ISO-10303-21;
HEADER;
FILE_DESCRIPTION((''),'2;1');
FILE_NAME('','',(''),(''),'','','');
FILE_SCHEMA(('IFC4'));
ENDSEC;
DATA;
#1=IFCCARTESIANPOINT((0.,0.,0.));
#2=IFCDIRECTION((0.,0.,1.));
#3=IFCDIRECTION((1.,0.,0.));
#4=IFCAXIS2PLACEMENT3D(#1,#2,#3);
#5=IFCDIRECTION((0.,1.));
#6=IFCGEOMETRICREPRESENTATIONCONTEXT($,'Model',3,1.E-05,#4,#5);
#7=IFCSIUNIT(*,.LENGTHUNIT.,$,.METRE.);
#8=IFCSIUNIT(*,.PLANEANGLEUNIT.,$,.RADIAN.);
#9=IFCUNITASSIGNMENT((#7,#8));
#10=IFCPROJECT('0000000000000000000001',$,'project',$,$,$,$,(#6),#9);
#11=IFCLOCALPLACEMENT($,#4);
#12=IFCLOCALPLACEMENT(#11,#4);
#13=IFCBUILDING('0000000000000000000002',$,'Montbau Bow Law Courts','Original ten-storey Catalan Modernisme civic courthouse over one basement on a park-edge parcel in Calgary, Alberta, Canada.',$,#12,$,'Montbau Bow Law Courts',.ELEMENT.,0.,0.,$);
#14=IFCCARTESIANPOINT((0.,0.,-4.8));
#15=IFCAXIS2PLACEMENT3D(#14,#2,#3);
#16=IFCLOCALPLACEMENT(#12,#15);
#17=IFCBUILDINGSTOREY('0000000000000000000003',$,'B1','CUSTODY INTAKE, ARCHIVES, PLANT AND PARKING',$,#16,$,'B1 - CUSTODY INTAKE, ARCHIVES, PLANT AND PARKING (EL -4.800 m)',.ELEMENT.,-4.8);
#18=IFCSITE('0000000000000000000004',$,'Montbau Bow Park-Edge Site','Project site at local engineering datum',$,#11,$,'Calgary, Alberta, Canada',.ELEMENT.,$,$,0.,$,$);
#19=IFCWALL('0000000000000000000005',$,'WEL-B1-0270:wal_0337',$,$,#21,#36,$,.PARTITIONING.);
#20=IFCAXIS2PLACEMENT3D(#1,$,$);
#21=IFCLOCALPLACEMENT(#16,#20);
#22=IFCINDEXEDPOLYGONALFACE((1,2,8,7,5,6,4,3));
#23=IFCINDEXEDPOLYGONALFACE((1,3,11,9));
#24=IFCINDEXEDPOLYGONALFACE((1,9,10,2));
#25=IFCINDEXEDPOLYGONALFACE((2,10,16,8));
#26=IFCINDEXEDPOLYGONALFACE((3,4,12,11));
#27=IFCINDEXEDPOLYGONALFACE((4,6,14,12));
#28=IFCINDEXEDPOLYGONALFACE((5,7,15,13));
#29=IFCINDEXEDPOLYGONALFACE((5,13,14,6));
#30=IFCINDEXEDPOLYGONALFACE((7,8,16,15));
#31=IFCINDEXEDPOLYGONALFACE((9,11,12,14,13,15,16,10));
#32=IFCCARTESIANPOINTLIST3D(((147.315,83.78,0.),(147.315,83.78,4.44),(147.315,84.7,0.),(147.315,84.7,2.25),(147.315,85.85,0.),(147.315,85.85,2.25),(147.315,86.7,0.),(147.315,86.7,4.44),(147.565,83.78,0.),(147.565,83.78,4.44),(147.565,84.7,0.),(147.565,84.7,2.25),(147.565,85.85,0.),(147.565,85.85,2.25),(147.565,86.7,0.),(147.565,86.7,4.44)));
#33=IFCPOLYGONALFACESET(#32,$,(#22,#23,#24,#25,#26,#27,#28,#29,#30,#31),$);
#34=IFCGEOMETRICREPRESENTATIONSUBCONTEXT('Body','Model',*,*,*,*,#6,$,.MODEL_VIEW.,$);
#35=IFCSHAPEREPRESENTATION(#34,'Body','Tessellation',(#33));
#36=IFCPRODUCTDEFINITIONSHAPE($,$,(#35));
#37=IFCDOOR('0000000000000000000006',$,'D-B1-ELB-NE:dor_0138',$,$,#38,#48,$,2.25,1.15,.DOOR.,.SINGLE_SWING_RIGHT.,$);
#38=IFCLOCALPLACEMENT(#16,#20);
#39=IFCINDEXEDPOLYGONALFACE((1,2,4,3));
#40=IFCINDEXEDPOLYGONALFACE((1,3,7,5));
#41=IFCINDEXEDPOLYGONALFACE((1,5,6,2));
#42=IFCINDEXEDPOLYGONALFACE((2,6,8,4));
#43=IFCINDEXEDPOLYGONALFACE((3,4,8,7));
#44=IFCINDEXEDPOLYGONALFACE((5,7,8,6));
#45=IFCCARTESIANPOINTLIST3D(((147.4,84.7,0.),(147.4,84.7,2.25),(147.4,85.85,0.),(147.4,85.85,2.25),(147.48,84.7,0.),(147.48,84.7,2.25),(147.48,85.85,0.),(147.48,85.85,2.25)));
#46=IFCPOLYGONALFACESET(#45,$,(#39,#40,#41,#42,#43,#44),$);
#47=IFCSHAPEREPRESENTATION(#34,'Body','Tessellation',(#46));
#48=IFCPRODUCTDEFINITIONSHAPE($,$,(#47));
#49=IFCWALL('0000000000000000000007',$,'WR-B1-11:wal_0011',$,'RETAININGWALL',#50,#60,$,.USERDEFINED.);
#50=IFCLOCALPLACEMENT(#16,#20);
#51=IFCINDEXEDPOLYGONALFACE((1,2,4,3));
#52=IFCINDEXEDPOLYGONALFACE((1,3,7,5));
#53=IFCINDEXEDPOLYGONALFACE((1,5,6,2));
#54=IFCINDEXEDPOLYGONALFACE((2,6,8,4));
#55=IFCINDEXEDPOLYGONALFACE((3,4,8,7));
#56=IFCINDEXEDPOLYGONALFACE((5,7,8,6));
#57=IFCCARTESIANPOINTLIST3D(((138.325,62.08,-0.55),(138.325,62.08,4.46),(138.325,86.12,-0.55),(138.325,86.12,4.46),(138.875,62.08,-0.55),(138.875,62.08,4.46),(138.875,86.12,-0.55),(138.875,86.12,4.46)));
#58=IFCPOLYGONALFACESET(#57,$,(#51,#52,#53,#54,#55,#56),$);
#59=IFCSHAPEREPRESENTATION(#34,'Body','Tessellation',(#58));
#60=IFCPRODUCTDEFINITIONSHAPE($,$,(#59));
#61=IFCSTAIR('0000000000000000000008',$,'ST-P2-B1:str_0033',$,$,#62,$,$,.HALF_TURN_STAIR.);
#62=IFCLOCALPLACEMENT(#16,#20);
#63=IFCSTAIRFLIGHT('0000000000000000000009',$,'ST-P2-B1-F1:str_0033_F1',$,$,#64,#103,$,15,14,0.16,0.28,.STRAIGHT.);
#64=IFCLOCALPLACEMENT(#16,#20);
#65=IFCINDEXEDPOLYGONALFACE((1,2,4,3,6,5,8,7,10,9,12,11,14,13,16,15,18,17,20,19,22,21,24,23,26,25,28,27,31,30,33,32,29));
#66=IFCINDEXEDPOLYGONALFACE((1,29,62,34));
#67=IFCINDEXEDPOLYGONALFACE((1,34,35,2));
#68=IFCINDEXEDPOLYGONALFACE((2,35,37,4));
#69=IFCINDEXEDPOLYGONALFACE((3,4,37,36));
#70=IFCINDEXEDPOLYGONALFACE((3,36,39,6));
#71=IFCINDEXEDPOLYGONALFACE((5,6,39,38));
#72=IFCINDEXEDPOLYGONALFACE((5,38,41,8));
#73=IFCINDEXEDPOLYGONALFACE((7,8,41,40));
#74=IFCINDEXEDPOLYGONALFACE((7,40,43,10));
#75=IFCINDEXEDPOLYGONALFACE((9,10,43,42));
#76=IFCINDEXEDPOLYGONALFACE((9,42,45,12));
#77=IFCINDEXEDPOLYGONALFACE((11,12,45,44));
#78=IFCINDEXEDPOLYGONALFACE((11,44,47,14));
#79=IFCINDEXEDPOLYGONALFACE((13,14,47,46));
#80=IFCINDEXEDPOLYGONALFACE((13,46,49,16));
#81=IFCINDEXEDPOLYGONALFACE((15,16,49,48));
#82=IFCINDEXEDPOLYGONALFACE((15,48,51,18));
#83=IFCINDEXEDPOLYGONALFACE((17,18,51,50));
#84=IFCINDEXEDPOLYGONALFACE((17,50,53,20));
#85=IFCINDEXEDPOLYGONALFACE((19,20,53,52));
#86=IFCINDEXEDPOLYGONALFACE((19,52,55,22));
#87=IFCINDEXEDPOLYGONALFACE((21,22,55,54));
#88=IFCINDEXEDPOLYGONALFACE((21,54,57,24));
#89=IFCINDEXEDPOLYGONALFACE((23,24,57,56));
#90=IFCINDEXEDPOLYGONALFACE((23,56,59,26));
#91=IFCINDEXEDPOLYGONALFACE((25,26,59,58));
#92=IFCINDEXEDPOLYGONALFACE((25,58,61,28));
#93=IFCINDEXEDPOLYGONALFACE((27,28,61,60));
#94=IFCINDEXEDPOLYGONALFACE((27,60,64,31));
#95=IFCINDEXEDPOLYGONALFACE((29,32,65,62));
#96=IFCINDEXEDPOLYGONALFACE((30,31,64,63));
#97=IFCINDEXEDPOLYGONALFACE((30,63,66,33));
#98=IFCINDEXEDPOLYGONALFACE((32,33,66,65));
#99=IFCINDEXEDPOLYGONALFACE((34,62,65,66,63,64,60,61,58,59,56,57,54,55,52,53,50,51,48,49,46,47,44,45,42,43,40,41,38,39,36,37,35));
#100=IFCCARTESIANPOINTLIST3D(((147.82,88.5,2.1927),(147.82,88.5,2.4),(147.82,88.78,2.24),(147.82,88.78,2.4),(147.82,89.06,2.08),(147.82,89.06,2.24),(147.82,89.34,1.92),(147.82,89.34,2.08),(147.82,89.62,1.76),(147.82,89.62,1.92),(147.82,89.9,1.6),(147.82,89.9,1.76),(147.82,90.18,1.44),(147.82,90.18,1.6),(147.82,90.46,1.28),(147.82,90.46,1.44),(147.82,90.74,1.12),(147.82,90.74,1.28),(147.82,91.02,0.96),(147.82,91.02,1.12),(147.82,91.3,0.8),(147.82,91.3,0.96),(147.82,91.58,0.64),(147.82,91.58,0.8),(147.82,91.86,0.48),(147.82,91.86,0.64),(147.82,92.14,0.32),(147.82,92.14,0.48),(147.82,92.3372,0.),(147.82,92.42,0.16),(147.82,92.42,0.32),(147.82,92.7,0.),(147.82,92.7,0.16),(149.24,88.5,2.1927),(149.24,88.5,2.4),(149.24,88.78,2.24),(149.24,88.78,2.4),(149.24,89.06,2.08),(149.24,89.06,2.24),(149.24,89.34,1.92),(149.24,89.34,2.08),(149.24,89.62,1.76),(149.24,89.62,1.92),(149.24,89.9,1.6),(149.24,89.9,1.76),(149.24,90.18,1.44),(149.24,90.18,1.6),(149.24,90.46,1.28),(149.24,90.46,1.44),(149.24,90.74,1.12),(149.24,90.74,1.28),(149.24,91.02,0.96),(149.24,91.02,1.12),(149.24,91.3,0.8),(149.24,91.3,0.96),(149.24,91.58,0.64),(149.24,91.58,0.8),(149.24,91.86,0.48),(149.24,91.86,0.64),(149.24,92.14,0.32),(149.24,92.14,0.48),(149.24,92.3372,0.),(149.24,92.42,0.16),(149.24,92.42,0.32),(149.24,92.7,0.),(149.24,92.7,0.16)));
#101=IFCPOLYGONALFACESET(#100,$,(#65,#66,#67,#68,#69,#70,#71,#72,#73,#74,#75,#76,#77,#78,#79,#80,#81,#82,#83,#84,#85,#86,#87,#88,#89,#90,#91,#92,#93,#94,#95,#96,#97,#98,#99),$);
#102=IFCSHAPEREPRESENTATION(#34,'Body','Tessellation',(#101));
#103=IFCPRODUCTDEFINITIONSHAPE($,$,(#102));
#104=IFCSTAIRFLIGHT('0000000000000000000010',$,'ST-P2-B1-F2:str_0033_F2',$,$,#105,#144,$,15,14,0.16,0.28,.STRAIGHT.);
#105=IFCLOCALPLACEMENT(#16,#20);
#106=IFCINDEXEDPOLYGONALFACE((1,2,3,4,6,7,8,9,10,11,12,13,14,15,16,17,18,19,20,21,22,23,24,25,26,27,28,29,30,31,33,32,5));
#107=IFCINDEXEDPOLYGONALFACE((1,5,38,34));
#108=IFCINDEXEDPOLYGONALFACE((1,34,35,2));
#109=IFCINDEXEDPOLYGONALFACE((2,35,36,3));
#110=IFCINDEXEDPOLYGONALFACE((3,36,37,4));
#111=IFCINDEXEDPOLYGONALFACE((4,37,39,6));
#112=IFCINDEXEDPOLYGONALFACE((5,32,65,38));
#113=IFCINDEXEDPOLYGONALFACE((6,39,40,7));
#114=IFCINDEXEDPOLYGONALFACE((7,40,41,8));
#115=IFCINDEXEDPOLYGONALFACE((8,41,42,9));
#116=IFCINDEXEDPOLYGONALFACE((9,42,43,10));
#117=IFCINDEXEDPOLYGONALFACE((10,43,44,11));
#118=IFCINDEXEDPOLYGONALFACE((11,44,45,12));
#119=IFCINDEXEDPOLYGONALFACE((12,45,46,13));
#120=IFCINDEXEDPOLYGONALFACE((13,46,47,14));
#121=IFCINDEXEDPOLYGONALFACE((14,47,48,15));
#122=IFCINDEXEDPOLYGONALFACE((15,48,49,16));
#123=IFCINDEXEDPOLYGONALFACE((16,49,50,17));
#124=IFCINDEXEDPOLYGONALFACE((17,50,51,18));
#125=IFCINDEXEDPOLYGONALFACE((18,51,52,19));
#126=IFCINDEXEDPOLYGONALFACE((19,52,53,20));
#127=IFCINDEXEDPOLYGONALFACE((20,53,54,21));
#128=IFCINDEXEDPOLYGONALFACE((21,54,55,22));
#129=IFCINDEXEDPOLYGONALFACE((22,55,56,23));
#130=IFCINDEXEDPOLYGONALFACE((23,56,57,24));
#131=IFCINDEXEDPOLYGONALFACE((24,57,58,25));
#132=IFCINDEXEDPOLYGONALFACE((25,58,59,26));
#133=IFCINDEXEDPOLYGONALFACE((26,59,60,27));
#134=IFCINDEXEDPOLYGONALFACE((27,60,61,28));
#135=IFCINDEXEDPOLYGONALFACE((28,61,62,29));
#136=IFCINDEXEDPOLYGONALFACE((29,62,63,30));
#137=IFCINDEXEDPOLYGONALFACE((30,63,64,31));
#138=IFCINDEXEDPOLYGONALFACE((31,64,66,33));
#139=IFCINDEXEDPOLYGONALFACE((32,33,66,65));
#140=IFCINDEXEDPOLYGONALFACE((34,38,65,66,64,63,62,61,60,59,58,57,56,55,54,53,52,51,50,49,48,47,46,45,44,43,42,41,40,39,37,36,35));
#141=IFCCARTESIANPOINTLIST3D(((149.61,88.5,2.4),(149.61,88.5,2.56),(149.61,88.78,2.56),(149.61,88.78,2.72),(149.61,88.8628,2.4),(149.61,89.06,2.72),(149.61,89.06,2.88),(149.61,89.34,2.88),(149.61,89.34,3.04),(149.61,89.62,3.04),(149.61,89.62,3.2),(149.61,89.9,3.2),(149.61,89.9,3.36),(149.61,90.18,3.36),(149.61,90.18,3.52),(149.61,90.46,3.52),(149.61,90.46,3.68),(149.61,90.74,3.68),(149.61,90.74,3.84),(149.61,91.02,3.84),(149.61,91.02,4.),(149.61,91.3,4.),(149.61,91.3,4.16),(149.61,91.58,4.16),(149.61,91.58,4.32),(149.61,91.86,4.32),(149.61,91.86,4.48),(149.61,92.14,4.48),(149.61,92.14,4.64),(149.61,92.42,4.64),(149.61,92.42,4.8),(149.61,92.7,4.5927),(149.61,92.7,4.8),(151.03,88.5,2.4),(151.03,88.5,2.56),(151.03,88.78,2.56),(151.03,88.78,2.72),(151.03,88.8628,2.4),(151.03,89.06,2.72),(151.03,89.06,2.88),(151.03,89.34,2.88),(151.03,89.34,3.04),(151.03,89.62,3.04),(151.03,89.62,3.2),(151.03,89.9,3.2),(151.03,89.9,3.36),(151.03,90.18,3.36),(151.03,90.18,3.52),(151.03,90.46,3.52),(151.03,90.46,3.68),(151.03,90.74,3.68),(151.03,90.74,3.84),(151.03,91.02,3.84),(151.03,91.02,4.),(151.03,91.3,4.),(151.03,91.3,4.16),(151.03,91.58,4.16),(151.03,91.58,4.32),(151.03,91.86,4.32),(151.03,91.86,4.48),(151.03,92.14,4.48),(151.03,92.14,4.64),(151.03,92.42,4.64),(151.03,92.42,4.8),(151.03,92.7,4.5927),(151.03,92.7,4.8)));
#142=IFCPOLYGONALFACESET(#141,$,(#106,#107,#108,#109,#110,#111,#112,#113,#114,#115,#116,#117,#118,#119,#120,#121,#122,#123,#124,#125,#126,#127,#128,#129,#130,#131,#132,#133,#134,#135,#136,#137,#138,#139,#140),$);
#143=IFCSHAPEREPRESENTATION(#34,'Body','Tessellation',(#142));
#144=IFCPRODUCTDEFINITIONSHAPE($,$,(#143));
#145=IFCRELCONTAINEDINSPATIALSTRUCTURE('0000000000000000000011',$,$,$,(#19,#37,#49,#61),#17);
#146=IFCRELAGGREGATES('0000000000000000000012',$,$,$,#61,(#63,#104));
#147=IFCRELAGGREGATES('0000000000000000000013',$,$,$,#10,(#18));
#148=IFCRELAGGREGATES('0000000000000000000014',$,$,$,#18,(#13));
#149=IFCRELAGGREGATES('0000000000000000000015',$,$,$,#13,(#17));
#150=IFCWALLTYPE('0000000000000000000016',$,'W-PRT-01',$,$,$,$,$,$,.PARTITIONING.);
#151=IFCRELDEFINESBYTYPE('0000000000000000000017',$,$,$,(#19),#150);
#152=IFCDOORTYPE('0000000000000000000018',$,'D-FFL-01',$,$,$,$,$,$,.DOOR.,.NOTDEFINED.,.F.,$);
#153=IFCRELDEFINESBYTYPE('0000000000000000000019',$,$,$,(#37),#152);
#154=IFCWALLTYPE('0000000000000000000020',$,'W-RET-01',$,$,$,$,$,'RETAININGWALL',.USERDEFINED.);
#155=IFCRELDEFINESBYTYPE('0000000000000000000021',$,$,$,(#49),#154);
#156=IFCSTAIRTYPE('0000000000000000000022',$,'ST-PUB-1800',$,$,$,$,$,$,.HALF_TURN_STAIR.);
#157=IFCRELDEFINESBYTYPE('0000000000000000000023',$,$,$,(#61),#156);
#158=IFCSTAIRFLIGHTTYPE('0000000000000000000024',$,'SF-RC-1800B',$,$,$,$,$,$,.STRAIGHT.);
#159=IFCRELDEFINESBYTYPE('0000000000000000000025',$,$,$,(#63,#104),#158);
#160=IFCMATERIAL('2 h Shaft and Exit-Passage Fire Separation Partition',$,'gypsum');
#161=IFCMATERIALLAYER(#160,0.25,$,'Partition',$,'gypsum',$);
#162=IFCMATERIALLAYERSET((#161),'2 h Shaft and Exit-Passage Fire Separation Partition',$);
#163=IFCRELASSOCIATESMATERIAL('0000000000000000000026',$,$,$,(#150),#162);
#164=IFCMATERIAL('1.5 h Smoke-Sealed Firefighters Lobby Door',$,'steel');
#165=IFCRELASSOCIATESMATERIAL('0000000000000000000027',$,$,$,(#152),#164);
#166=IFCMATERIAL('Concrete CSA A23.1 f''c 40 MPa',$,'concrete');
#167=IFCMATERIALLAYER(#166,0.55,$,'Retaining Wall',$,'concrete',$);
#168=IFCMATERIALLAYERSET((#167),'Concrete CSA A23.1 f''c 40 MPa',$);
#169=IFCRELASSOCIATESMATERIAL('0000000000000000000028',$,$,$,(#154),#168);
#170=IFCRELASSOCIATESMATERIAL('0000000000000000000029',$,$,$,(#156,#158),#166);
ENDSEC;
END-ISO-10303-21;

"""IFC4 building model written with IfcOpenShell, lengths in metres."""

from ifc_helpers import new_model, si_unit, direction, frame, frame_2d, origin_with_axes, place, context, subcontext, project, spatial, polyline, rectangle, outline, extrude, material, layer, layer_set, type_object, element, fill, aggregate, save


model = new_model("IFC4")

# Units and contexts
model_context = context("Model", 3, precision=1e-05, world=origin_with_axes(), true_north=direction((0.0, 1.0)))
body_context = subcontext(model_context, "Body", "Model", "MODEL_VIEW")
ifc_project = project(units=[si_unit("LENGTHUNIT", "METRE"), si_unit("PLANEANGLEUNIT", "RADIAN")], contexts=[model_context])

# Site, building, storey
site_placement = place(None, origin_with_axes())
site = spatial("IfcSite", under=ifc_project, at=site_placement, Name="Montbau Bow Park-Edge Site", Description="Project site at local engineering datum", LongName="Calgary, Alberta, Canada", CompositionType="ELEMENT", RefElevation=0.0)
building_placement = place(site_placement, origin_with_axes())
building = spatial("IfcBuilding", under=site, at=building_placement, Name="Montbau Bow Law Courts", Description="Original ten-storey Catalan Modernisme civic courthouse over one basement on a park-edge parcel in Calgary, Alberta, Canada.", LongName="Montbau Bow Law Courts", CompositionType="ELEMENT", ElevationOfRefHeight=0.0, ElevationOfTerrain=0.0)
storey_placement = place(building_placement, frame((0.0, 0.0, -4.8), z_axis=(0.0, 0.0, 1.0), x_axis=(1.0, 0.0, 0.0)))
storey = spatial("IfcBuildingStorey", under=building, at=storey_placement, Name="B1", Description="CUSTODY INTAKE, ARCHIVES, PLANT AND PARKING", LongName="B1 - CUSTODY INTAKE, ARCHIVES, PLANT AND PARKING (EL -4.800 m)", CompositionType="ELEMENT", Elevation=-4.8)

# Shared definitions
ifc_material_1 = material(Name="Concrete CSA A23.1 f'c 40 MPa", Category="concrete")

# Shared definitions
ifc_material_2 = material(Name="2 h Shaft and Exit-Passage Fire Separation Partition", Category="gypsum")
ifc_layer_1 = layer(ifc_material_2, 0.25, Name="Partition", Category="gypsum")
ifc_layer_set_1 = layer_set([ifc_layer_1], Name="2 h Shaft and Exit-Passage Fire Separation Partition")
wall_type_1 = type_object("IfcWallType", Name="W-PRT-01", PredefinedType="PARTITIONING", material=ifc_layer_set_1)

# Wall, opening, door
wall_1_placement = place(None, frame((147.44, 86.7, -4.8), z_axis=(0.0, 0.0, 1.0), x_axis=(0.0, -1.0, 0.0)))
wall_1 = element("IfcWall", 1, at=wall_1_placement, inside=storey, type_object=wall_type_1, Name="WEL-B1-0270:wal_0337", PredefinedType="PARTITIONING", context=body_context, shape_type="SweptSolid", body=[
    extrude(rectangle(XDim=2.92, YDim=0.25, at=frame_2d((1.46, 0.0), x_axis=(1.0, 0.0))), origin_with_axes(), (0.0, 0.0, 1.0), 4.44),
])
opening_1_placement = place(None, frame((147.44, 85.275, -4.8), z_axis=(0.0, 0.0, 1.0), x_axis=(0.0, -1.0, 0.0)))
opening_1 = element("IfcOpeningElement", 2, at=opening_1_placement, cuts=wall_1, PredefinedType="OPENING", context=body_context, shape_type="SweptSolid", body=[
    extrude(rectangle(XDim=1.15, YDim=2.25, at=frame_2d((0.0, 1.125), x_axis=(1.0, 0.0))), frame((0.0, 0.135, 0.0), z_axis=(0.0, -1.0, 0.0), x_axis=(1.0, 0.0, 0.0)), (0.0, 0.0, 1.0), 0.27),
])
ifc_material_3 = material(Name="1.5 h Smoke-Sealed Firefighters Lobby Door", Category="steel")
door_type_1 = type_object("IfcDoorType", Name="D-FFL-01", OperationType="NOTDEFINED", ParameterTakesPrecedence=False, PredefinedType="DOOR", material=ifc_material_3)
door_1_placement = place(None, frame((147.44, 85.275, -4.8), z_axis=(0.0, 0.0, 1.0), x_axis=(0.0, -1.0, 0.0)))
door_1 = element("IfcDoor", 3, at=door_1_placement, inside=storey, type_object=door_type_1, Name="D-B1-ELB-NE:dor_0138", OperationType="SINGLE_SWING_RIGHT", OverallHeight=2.25, OverallWidth=1.15, PredefinedType="DOOR", context=body_context, shape_type="SweptSolid", body=[
    extrude(rectangle(XDim=1.15, YDim=2.25, at=frame_2d((0.0, 1.125), x_axis=(1.0, 0.0))), frame((0.0, 0.04, 0.0), z_axis=(0.0, -1.0, 0.0), x_axis=(1.0, 0.0, 0.0)), (0.0, 0.0, 1.0), 0.08),
])
fill(opening_1, door_1)

# Wall
ifc_layer_2 = layer(ifc_material_1, 0.55, Name="Retaining Wall", Category="concrete")
ifc_layer_set_2 = layer_set([ifc_layer_2], Name="Concrete CSA A23.1 f'c 40 MPa")
wall_type_2 = type_object("IfcWallType", Name="W-RET-01", ElementType="RETAININGWALL", PredefinedType="USERDEFINED", material=ifc_layer_set_2)
wall_2_placement = place(None, frame((138.6, 86.12, -5.35), z_axis=(0.0, 0.0, 1.0), x_axis=(0.0, -1.0, 0.0)))
element("IfcWall", 4, at=wall_2_placement, inside=storey, type_object=wall_type_2, Name="WR-B1-11:wal_0011", ObjectType="RETAININGWALL", PredefinedType="USERDEFINED", context=body_context, shape_type="SweptSolid", body=[
    extrude(rectangle(XDim=24.04, YDim=0.55, at=frame_2d((12.02, 0.0), x_axis=(1.0, 0.0))), origin_with_axes(), (0.0, 0.0, 1.0), 5.01),
])

# Stair, stair flights
stair_type = type_object("IfcStairType", Name="ST-PUB-1800", PredefinedType="HALF_TURN_STAIR", material=ifc_material_1)
stair_placement = place(None, frame((148.53, 92.7, -4.8), z_axis=(0.0, 0.0, 1.0), x_axis=(1.0, 0.0, 0.0)))
stair = element("IfcStair", 5, at=stair_placement, inside=storey, type_object=stair_type, Name="ST-P2-B1:str_0033", PredefinedType="HALF_TURN_STAIR")
stair_flight_type = type_object("IfcStairFlightType", Name="SF-RC-1800B", PredefinedType="STRAIGHT", material=ifc_material_1)
stair_flight_1_placement = place(None, frame((148.53, 92.7, -4.8), z_axis=(0.0, 0.0, 1.0), x_axis=(0.0, -1.0, 0.0)))
stair_flight_1 = element("IfcStairFlight", 6, at=stair_flight_1_placement, type_object=stair_flight_type, Name="ST-P2-B1-F1:str_0033_F1", NumberOfRisers=15, NumberOfTreads=14, PredefinedType="STRAIGHT", RiserHeight=0.16, TreadLength=0.28, context=body_context, shape_type="SweptSolid", body=[
    extrude(outline(polyline([(0.0, 0.0), (0.0, 0.16), (0.28, 0.16), (0.28, 0.32), (0.56, 0.32), (0.56, 0.48), (0.84, 0.48), (0.84, 0.64), (1.12, 0.64), (1.12, 0.8), (1.4, 0.8), (1.4, 0.96), (1.68, 0.96), (1.68, 1.12), (1.96, 1.12), (1.96, 1.28), (2.24, 1.28), (2.24, 1.44), (2.52, 1.44), (2.52, 1.6), (2.8, 1.6), (2.8, 1.76), (3.08, 1.76), (3.08, 1.92), (3.36, 1.92), (3.36, 2.08), (3.64, 2.08), (3.64, 2.24), (3.92, 2.24), (3.92, 2.4), (4.2, 2.4), (4.2, 2.1927), (0.3628, 0.0), (0.0, 0.0)])), frame((0.0, 0.71, 0.0), z_axis=(0.0, -1.0, 0.0), x_axis=(1.0, 0.0, 0.0)), (0.0, 0.0, 1.0), 1.42),
])
stair_flight_2_placement = place(None, frame((150.32, 88.5, -2.4), z_axis=(0.0, 0.0, 1.0), x_axis=(0.0, 1.0, 0.0)))
stair_flight_2 = element("IfcStairFlight", 7, at=stair_flight_2_placement, type_object=stair_flight_type, Name="ST-P2-B1-F2:str_0033_F2", NumberOfRisers=15, NumberOfTreads=14, PredefinedType="STRAIGHT", RiserHeight=0.16, TreadLength=0.28, context=body_context, shape_type="SweptSolid", body=[
    extrude(outline(polyline([(0.0, 0.0), (0.0, 0.16), (0.28, 0.16), (0.28, 0.32), (0.56, 0.32), (0.56, 0.48), (0.84, 0.48), (0.84, 0.64), (1.12, 0.64), (1.12, 0.8), (1.4, 0.8), (1.4, 0.96), (1.68, 0.96), (1.68, 1.12), (1.96, 1.12), (1.96, 1.28), (2.24, 1.28), (2.24, 1.44), (2.52, 1.44), (2.52, 1.6), (2.8, 1.6), (2.8, 1.76), (3.08, 1.76), (3.08, 1.92), (3.36, 1.92), (3.36, 2.08), (3.64, 2.08), (3.64, 2.24), (3.92, 2.24), (3.92, 2.4), (4.2, 2.4), (4.2, 2.1927), (0.3628, 0.0), (0.0, 0.0)])), frame((0.0, 0.71, 0.0), z_axis=(0.0, -1.0, 0.0), x_axis=(1.0, 0.0, 0.0)), (0.0, 0.0, 1.0), 1.42),
])
aggregate(stair, [stair_flight_1, stair_flight_2])

save(model, "model.ifc")
